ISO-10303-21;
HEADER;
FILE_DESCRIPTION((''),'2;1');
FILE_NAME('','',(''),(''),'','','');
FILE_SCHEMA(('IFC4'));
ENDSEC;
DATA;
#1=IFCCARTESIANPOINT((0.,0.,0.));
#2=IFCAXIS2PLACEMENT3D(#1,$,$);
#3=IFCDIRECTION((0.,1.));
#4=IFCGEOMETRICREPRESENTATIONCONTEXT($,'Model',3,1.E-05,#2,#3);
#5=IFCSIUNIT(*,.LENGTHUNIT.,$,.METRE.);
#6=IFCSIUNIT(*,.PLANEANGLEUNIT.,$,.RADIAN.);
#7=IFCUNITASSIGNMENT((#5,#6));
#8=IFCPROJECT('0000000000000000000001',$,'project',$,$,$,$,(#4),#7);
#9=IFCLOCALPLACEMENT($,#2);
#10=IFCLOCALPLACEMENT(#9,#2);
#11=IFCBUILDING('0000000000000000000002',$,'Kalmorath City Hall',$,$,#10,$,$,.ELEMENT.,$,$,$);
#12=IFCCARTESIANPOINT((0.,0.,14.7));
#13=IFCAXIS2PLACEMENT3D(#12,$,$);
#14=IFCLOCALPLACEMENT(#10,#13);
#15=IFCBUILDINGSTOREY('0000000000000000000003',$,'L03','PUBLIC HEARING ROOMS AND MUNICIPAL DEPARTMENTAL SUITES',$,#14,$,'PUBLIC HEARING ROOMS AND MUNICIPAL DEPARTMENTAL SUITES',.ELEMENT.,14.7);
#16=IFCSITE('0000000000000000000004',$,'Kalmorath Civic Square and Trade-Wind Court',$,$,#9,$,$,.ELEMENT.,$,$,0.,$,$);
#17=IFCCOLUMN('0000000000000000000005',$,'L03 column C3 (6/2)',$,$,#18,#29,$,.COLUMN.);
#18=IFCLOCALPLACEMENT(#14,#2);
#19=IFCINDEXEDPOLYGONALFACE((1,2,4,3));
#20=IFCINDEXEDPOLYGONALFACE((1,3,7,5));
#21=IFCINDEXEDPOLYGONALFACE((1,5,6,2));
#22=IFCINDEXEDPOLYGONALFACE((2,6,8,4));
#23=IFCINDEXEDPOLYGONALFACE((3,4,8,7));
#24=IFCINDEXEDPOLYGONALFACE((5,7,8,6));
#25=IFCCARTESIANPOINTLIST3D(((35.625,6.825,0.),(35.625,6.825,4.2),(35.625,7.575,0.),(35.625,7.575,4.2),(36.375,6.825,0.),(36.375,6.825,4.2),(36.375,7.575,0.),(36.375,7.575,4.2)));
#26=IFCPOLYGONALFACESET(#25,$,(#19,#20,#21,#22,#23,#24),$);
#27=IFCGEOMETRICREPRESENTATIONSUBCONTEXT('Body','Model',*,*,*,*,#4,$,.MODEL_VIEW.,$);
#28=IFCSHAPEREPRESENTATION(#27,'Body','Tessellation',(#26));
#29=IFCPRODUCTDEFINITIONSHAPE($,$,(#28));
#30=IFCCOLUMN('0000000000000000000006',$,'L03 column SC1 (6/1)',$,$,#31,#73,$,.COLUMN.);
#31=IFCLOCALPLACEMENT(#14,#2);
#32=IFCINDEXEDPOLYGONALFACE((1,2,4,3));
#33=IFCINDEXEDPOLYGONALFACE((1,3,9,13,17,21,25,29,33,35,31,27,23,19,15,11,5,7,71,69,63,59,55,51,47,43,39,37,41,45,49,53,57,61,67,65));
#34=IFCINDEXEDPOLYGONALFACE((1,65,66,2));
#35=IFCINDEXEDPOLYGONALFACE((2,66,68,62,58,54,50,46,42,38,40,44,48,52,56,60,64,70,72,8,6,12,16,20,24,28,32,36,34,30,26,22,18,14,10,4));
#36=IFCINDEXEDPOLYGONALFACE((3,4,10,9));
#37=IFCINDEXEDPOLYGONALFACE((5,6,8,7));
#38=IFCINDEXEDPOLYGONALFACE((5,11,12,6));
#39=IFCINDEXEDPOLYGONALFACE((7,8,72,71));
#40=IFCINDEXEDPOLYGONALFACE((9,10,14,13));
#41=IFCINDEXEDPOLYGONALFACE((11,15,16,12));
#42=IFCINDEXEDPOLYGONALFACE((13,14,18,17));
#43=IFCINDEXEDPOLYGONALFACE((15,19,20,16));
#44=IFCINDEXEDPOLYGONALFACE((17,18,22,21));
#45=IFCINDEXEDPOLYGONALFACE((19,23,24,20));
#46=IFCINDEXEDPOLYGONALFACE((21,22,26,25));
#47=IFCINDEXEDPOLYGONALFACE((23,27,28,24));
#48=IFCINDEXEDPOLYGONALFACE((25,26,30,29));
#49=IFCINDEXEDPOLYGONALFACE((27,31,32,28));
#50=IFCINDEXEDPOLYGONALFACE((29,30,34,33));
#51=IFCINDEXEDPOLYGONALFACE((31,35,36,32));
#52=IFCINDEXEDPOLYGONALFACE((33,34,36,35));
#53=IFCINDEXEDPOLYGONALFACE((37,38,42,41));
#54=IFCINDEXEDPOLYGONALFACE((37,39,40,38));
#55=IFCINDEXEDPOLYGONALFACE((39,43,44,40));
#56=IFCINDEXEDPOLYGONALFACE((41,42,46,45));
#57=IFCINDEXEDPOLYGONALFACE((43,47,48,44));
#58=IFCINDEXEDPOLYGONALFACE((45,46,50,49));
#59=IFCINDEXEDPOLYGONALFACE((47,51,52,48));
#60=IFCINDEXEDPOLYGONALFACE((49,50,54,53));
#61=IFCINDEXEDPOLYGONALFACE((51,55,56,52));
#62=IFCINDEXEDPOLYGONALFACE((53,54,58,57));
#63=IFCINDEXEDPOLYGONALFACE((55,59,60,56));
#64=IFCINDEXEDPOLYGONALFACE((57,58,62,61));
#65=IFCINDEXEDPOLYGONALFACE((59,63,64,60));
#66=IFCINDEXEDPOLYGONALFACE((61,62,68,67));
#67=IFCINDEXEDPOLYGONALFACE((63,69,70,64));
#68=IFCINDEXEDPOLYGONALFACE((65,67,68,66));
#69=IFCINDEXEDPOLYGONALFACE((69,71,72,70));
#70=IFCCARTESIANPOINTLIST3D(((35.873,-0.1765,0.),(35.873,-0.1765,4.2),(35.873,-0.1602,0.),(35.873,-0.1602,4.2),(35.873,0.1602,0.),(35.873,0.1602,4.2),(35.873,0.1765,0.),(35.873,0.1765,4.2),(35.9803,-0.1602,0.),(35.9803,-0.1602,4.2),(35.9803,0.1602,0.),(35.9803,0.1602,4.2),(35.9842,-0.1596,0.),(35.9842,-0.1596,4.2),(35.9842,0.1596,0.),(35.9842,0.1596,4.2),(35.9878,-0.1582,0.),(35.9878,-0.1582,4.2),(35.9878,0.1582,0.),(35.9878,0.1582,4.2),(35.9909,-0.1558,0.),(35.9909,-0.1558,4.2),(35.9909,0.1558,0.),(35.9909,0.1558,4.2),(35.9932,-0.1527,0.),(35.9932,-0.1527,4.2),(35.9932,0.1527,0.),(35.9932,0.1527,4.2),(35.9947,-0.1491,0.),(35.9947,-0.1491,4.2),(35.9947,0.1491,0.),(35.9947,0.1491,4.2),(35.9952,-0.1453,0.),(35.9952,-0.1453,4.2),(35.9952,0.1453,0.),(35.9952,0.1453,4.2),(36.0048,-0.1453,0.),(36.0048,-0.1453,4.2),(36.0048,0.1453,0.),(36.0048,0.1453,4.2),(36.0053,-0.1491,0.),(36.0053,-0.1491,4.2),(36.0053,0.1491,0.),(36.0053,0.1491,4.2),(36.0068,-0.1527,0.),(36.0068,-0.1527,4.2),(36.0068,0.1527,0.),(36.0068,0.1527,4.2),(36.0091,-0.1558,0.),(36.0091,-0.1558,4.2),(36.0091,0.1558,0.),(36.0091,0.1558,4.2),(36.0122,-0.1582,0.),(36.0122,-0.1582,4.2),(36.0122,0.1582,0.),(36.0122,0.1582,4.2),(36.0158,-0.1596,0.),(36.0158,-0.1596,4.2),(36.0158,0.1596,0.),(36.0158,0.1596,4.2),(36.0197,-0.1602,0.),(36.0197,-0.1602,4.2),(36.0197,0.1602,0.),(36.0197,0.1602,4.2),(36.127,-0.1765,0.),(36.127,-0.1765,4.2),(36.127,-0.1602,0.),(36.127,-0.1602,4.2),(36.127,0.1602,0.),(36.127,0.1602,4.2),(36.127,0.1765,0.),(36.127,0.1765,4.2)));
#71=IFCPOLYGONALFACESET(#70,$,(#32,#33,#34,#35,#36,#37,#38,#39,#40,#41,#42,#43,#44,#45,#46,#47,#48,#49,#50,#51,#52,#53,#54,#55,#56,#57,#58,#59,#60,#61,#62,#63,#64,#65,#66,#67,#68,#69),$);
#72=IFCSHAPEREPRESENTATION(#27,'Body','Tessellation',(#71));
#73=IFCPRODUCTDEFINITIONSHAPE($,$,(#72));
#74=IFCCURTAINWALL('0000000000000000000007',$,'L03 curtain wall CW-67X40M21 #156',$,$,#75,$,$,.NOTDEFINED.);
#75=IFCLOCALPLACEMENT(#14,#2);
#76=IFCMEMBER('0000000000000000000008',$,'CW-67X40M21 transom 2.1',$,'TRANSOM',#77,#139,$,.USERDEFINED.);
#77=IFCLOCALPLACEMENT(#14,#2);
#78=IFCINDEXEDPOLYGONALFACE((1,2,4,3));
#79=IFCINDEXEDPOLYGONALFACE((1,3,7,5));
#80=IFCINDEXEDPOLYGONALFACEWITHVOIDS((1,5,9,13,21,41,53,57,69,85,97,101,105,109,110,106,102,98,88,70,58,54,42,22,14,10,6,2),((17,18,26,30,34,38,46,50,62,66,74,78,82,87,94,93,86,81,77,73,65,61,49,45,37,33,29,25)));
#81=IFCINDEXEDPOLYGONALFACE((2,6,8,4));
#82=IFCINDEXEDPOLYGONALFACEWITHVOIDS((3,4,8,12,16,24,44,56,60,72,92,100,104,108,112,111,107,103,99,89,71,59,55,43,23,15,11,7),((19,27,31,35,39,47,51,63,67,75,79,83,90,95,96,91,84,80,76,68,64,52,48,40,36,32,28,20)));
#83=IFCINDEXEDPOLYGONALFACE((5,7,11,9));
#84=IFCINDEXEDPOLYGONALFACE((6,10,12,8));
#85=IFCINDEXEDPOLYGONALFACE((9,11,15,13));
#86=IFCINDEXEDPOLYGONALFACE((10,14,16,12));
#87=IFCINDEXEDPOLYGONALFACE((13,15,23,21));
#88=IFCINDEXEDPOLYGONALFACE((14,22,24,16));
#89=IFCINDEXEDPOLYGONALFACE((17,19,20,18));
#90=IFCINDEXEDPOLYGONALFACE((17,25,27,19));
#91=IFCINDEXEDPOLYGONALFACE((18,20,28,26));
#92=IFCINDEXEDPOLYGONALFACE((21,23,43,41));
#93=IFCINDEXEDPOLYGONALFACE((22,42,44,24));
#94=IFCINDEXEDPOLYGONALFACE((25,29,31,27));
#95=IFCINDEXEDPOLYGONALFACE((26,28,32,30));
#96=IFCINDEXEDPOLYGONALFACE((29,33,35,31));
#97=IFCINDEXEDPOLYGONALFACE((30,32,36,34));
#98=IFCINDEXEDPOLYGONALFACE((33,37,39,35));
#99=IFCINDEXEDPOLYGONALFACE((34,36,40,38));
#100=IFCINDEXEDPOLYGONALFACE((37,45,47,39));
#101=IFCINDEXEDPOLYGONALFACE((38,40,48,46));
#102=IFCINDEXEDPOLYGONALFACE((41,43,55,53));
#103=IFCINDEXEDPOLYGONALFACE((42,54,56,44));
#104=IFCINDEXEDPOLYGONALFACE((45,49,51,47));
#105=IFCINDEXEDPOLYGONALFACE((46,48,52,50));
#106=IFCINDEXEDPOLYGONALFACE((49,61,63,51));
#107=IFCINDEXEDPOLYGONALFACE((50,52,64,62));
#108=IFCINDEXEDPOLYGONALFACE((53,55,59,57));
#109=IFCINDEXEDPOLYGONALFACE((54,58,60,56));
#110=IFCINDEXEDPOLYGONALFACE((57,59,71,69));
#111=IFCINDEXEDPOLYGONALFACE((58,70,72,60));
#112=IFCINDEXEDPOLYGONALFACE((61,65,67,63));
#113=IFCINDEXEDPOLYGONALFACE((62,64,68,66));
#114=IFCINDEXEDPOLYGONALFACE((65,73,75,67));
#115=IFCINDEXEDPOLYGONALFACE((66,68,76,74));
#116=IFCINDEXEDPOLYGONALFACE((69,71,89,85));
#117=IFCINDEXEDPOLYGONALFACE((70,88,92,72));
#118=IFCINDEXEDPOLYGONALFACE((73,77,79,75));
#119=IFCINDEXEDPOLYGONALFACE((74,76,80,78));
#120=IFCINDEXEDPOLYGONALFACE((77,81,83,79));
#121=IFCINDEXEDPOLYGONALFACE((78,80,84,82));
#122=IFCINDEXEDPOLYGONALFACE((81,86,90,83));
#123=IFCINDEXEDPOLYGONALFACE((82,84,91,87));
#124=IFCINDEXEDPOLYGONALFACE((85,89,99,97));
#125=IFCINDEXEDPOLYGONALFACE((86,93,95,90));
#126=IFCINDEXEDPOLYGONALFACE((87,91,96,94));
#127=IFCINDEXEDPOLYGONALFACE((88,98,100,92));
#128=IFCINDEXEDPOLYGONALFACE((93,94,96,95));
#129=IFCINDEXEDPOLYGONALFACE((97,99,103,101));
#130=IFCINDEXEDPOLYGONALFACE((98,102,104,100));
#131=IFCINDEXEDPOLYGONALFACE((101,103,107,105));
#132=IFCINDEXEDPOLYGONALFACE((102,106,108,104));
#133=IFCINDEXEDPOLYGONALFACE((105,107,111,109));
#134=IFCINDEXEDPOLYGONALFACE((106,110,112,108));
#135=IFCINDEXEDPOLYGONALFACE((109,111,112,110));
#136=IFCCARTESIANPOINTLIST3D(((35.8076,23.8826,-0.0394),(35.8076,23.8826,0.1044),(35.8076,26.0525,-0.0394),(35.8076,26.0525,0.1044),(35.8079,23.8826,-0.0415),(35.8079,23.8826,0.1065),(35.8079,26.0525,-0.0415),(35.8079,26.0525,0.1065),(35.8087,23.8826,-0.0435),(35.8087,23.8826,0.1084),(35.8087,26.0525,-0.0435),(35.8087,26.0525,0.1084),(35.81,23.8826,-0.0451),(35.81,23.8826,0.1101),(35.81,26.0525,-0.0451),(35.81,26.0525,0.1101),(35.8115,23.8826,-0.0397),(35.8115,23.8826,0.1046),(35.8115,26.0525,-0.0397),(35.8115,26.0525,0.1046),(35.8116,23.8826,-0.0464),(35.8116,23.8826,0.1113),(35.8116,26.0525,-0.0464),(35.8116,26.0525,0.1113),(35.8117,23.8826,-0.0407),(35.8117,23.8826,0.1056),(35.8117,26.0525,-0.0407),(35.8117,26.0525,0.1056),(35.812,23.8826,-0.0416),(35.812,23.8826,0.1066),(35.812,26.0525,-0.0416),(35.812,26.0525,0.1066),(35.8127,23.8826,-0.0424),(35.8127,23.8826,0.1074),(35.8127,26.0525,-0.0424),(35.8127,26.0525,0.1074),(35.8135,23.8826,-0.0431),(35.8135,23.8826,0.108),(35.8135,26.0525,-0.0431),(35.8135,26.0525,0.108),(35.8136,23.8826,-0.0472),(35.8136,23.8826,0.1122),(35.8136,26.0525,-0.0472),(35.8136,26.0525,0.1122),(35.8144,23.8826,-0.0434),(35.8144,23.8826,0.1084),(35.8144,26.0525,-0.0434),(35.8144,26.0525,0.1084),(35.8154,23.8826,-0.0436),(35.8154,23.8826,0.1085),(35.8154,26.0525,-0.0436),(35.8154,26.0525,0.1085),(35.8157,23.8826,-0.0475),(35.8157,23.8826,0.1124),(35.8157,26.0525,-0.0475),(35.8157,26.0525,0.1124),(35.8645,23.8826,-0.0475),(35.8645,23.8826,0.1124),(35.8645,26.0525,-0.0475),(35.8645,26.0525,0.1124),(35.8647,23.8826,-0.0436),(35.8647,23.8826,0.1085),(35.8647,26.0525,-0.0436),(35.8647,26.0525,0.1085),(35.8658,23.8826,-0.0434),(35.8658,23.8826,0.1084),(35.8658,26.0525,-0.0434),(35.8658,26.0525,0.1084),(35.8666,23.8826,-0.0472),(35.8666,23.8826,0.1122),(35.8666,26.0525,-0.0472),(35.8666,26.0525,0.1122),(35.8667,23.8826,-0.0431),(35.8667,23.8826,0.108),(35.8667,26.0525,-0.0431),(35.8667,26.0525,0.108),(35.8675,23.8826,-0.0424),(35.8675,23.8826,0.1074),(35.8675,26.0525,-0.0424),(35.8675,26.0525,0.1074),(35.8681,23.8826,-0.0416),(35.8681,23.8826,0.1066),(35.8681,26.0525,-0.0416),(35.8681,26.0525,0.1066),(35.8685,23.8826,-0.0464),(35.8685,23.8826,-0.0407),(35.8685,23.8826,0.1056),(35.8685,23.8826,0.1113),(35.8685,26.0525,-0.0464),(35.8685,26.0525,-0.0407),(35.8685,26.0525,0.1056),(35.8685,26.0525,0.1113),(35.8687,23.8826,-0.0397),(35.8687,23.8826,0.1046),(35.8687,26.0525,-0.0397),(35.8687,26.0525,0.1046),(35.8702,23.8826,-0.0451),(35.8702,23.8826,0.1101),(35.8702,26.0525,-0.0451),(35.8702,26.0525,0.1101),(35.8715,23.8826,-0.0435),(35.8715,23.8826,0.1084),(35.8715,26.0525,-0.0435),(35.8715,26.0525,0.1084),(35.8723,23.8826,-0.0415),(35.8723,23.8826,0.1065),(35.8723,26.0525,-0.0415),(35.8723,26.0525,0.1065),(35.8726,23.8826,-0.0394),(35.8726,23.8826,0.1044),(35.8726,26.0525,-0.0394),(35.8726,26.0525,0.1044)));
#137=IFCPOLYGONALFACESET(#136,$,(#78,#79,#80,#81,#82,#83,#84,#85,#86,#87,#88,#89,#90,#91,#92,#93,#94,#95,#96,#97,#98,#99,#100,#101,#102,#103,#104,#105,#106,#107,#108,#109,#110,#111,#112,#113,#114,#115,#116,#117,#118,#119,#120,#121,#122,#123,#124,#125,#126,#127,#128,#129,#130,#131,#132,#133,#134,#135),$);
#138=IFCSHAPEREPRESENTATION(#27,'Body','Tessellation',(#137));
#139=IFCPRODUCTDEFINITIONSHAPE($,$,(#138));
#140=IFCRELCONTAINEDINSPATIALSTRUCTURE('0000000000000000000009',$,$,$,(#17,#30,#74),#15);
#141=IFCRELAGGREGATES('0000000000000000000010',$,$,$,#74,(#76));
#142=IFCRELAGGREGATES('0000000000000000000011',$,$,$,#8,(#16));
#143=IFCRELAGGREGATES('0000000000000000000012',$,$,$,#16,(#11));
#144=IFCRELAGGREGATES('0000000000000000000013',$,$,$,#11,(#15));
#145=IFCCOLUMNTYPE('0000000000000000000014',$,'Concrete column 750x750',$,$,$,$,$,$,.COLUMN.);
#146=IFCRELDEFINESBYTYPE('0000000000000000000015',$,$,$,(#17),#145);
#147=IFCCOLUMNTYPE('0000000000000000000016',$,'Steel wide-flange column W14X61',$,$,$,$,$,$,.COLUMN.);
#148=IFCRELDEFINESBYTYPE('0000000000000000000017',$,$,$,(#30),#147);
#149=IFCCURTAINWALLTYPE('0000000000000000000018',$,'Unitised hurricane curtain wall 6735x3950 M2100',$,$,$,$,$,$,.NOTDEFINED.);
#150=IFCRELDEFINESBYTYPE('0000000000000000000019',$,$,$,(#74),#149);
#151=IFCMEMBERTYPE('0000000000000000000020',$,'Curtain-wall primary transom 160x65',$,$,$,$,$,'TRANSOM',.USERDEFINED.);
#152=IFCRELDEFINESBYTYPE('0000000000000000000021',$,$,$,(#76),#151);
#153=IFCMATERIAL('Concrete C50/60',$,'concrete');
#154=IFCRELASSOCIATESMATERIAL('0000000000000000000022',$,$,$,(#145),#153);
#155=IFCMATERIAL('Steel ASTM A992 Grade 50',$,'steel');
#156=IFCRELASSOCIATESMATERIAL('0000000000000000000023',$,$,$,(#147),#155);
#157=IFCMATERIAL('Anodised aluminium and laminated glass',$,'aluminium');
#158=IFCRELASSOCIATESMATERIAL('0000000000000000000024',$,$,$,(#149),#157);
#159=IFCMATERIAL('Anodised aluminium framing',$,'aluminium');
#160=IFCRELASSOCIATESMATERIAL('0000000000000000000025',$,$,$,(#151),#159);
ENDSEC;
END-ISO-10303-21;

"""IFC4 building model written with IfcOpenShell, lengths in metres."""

from ifc_helpers import new_model, si_unit, direction, frame, origin, origin_2d, place, context, subcontext, project, spatial, rectangle, hollow_rectangle, i_section, extrude, material, material_profile, profile_set, type_object, element, aggregate, save


model = new_model("IFC4")

# Units and contexts
model_context = context("Model", 3, precision=1e-05, world=origin(), true_north=direction((0.0, 1.0)))
body_context = subcontext(model_context, "Body", "Model", "MODEL_VIEW")
ifc_project = project(units=[si_unit("LENGTHUNIT", "METRE"), si_unit("PLANEANGLEUNIT", "RADIAN")], contexts=[model_context])

# Site, building, storey
site_placement = place(None, origin())
site = spatial("IfcSite", under=ifc_project, at=site_placement, Name="Kalmorath Civic Square and Trade-Wind Court", CompositionType="ELEMENT", RefElevation=0.0)
building_placement = place(site_placement, origin())
building = spatial("IfcBuilding", under=site, at=building_placement, Name="Kalmorath City Hall", CompositionType="ELEMENT")
storey_placement = place(building_placement, frame((0.0, 0.0, 14.7)))
storey = spatial("IfcBuildingStorey", under=building, at=storey_placement, Name="L03", Description="PUBLIC HEARING ROOMS AND MUNICIPAL DEPARTMENTAL SUITES", LongName="PUBLIC HEARING ROOMS AND MUNICIPAL DEPARTMENTAL SUITES", CompositionType="ELEMENT", Elevation=14.7)

# Columns
ifc_material_1 = material(Name="Concrete C50/60", Category="concrete")
ifc_material_profile_1 = material_profile(ifc_material_1, rectangle(XDim=0.75, YDim=0.75, at=origin_2d()), Name="RC-COL-750X750")
ifc_profile_set_1 = profile_set([ifc_material_profile_1], Name="Concrete C50/60")
column_type_1 = type_object("IfcColumnType", Name="Concrete column 750x750", PredefinedType="COLUMN", material=ifc_profile_set_1)
column_1_placement = place(storey_placement, frame((36.0, 7.2, 0.0), z_axis=(0.0, 0.0, 1.0), x_axis=(1.0, 0.0, 0.0)))
element("IfcColumn", 1, at=column_1_placement, inside=storey, type_object=column_type_1, Name="L03 column C3 (6/2)", PredefinedType="COLUMN", context=body_context, shape_type="SweptSolid", body=[
    extrude(rectangle(XDim=0.75, YDim=0.75, at=origin_2d()), origin(), (0.0, 0.0, 1.0), 4.2),
])
ifc_material_2 = material(Name="Steel ASTM A992 Grade 50", Category="steel")
ifc_material_profile_2 = material_profile(ifc_material_2, i_section(OverallWidth=0.2539, OverallDepth=0.353, WebThickness=0.0095, FlangeThickness=0.0164, FilletRadius=0.0149, at=origin_2d()), Name="W14X61")
ifc_profile_set_2 = profile_set([ifc_material_profile_2], Name="Steel ASTM A992 Grade 50")
column_type_2 = type_object("IfcColumnType", Name="Steel wide-flange column W14X61", PredefinedType="COLUMN", material=ifc_profile_set_2)
column_2_placement = place(storey_placement, frame((36.0, 0.0, 0.0), z_axis=(0.0, 0.0, 1.0), x_axis=(1.0, 0.0, 0.0)))
element("IfcColumn", 2, at=column_2_placement, inside=storey, type_object=column_type_2, Name="L03 column SC1 (6/1)", PredefinedType="COLUMN", context=body_context, shape_type="SweptSolid", body=[
    extrude(i_section(OverallWidth=0.2539, OverallDepth=0.353, WebThickness=0.0095, FlangeThickness=0.0164, FilletRadius=0.0149, at=origin_2d()), origin(), (0.0, 0.0, 1.0), 4.2),
])

# Curtain wall, member
ifc_material_3 = material(Name="Anodised aluminium and laminated glass", Category="aluminium")
curtain_wall_type = type_object("IfcCurtainWallType", Name="Unitised hurricane curtain wall 6735x3950 M2100", PredefinedType="NOTDEFINED", material=ifc_material_3)
curtain_wall_placement = place(storey_placement, origin())
curtain_wall = element("IfcCurtainWall", 3, at=curtain_wall_placement, inside=storey, type_object=curtain_wall_type, Name="L03 curtain wall CW-67X40M21 #156", PredefinedType="NOTDEFINED")
ifc_material_4 = material(Name="Anodised aluminium framing", Category="aluminium")
ifc_material_profile_3 = material_profile(ifc_material_4, hollow_rectangle(XDim=0.0649, YDim=0.1599, WallThickness=0.0039, InnerFilletRadius=0.0039, OuterFilletRadius=0.0081, at=origin_2d()), Name="ALU-TRN-160X65X4")
ifc_profile_set_3 = profile_set([ifc_material_profile_3], Name="Anodised aluminium framing")
member_type = type_object("IfcMemberType", Name="Curtain-wall primary transom 160x65", ElementType="TRANSOM", PredefinedType="USERDEFINED", material=ifc_profile_set_3)
member_1_placement = place(storey_placement, frame((35.8401, 26.0525, 0.0325), z_axis=(0.0, -1.0, 0.0), x_axis=(1.0, 0.0, 0.0)))
member_1 = element("IfcMember", 4, at=member_1_placement, type_object=member_type, Name="CW-67X40M21 transom 2.1", ObjectType="TRANSOM", PredefinedType="USERDEFINED", context=body_context, shape_type="SweptSolid", body=[
    extrude(hollow_rectangle(XDim=0.0649, YDim=0.1599, WallThickness=0.0039, InnerFilletRadius=0.0039, OuterFilletRadius=0.0081, at=origin_2d()), origin(), (0.0, 0.0, 1.0), 2.1699),
])

aggregate(curtain_wall, [member_1])

save(model, "model.ifc")
